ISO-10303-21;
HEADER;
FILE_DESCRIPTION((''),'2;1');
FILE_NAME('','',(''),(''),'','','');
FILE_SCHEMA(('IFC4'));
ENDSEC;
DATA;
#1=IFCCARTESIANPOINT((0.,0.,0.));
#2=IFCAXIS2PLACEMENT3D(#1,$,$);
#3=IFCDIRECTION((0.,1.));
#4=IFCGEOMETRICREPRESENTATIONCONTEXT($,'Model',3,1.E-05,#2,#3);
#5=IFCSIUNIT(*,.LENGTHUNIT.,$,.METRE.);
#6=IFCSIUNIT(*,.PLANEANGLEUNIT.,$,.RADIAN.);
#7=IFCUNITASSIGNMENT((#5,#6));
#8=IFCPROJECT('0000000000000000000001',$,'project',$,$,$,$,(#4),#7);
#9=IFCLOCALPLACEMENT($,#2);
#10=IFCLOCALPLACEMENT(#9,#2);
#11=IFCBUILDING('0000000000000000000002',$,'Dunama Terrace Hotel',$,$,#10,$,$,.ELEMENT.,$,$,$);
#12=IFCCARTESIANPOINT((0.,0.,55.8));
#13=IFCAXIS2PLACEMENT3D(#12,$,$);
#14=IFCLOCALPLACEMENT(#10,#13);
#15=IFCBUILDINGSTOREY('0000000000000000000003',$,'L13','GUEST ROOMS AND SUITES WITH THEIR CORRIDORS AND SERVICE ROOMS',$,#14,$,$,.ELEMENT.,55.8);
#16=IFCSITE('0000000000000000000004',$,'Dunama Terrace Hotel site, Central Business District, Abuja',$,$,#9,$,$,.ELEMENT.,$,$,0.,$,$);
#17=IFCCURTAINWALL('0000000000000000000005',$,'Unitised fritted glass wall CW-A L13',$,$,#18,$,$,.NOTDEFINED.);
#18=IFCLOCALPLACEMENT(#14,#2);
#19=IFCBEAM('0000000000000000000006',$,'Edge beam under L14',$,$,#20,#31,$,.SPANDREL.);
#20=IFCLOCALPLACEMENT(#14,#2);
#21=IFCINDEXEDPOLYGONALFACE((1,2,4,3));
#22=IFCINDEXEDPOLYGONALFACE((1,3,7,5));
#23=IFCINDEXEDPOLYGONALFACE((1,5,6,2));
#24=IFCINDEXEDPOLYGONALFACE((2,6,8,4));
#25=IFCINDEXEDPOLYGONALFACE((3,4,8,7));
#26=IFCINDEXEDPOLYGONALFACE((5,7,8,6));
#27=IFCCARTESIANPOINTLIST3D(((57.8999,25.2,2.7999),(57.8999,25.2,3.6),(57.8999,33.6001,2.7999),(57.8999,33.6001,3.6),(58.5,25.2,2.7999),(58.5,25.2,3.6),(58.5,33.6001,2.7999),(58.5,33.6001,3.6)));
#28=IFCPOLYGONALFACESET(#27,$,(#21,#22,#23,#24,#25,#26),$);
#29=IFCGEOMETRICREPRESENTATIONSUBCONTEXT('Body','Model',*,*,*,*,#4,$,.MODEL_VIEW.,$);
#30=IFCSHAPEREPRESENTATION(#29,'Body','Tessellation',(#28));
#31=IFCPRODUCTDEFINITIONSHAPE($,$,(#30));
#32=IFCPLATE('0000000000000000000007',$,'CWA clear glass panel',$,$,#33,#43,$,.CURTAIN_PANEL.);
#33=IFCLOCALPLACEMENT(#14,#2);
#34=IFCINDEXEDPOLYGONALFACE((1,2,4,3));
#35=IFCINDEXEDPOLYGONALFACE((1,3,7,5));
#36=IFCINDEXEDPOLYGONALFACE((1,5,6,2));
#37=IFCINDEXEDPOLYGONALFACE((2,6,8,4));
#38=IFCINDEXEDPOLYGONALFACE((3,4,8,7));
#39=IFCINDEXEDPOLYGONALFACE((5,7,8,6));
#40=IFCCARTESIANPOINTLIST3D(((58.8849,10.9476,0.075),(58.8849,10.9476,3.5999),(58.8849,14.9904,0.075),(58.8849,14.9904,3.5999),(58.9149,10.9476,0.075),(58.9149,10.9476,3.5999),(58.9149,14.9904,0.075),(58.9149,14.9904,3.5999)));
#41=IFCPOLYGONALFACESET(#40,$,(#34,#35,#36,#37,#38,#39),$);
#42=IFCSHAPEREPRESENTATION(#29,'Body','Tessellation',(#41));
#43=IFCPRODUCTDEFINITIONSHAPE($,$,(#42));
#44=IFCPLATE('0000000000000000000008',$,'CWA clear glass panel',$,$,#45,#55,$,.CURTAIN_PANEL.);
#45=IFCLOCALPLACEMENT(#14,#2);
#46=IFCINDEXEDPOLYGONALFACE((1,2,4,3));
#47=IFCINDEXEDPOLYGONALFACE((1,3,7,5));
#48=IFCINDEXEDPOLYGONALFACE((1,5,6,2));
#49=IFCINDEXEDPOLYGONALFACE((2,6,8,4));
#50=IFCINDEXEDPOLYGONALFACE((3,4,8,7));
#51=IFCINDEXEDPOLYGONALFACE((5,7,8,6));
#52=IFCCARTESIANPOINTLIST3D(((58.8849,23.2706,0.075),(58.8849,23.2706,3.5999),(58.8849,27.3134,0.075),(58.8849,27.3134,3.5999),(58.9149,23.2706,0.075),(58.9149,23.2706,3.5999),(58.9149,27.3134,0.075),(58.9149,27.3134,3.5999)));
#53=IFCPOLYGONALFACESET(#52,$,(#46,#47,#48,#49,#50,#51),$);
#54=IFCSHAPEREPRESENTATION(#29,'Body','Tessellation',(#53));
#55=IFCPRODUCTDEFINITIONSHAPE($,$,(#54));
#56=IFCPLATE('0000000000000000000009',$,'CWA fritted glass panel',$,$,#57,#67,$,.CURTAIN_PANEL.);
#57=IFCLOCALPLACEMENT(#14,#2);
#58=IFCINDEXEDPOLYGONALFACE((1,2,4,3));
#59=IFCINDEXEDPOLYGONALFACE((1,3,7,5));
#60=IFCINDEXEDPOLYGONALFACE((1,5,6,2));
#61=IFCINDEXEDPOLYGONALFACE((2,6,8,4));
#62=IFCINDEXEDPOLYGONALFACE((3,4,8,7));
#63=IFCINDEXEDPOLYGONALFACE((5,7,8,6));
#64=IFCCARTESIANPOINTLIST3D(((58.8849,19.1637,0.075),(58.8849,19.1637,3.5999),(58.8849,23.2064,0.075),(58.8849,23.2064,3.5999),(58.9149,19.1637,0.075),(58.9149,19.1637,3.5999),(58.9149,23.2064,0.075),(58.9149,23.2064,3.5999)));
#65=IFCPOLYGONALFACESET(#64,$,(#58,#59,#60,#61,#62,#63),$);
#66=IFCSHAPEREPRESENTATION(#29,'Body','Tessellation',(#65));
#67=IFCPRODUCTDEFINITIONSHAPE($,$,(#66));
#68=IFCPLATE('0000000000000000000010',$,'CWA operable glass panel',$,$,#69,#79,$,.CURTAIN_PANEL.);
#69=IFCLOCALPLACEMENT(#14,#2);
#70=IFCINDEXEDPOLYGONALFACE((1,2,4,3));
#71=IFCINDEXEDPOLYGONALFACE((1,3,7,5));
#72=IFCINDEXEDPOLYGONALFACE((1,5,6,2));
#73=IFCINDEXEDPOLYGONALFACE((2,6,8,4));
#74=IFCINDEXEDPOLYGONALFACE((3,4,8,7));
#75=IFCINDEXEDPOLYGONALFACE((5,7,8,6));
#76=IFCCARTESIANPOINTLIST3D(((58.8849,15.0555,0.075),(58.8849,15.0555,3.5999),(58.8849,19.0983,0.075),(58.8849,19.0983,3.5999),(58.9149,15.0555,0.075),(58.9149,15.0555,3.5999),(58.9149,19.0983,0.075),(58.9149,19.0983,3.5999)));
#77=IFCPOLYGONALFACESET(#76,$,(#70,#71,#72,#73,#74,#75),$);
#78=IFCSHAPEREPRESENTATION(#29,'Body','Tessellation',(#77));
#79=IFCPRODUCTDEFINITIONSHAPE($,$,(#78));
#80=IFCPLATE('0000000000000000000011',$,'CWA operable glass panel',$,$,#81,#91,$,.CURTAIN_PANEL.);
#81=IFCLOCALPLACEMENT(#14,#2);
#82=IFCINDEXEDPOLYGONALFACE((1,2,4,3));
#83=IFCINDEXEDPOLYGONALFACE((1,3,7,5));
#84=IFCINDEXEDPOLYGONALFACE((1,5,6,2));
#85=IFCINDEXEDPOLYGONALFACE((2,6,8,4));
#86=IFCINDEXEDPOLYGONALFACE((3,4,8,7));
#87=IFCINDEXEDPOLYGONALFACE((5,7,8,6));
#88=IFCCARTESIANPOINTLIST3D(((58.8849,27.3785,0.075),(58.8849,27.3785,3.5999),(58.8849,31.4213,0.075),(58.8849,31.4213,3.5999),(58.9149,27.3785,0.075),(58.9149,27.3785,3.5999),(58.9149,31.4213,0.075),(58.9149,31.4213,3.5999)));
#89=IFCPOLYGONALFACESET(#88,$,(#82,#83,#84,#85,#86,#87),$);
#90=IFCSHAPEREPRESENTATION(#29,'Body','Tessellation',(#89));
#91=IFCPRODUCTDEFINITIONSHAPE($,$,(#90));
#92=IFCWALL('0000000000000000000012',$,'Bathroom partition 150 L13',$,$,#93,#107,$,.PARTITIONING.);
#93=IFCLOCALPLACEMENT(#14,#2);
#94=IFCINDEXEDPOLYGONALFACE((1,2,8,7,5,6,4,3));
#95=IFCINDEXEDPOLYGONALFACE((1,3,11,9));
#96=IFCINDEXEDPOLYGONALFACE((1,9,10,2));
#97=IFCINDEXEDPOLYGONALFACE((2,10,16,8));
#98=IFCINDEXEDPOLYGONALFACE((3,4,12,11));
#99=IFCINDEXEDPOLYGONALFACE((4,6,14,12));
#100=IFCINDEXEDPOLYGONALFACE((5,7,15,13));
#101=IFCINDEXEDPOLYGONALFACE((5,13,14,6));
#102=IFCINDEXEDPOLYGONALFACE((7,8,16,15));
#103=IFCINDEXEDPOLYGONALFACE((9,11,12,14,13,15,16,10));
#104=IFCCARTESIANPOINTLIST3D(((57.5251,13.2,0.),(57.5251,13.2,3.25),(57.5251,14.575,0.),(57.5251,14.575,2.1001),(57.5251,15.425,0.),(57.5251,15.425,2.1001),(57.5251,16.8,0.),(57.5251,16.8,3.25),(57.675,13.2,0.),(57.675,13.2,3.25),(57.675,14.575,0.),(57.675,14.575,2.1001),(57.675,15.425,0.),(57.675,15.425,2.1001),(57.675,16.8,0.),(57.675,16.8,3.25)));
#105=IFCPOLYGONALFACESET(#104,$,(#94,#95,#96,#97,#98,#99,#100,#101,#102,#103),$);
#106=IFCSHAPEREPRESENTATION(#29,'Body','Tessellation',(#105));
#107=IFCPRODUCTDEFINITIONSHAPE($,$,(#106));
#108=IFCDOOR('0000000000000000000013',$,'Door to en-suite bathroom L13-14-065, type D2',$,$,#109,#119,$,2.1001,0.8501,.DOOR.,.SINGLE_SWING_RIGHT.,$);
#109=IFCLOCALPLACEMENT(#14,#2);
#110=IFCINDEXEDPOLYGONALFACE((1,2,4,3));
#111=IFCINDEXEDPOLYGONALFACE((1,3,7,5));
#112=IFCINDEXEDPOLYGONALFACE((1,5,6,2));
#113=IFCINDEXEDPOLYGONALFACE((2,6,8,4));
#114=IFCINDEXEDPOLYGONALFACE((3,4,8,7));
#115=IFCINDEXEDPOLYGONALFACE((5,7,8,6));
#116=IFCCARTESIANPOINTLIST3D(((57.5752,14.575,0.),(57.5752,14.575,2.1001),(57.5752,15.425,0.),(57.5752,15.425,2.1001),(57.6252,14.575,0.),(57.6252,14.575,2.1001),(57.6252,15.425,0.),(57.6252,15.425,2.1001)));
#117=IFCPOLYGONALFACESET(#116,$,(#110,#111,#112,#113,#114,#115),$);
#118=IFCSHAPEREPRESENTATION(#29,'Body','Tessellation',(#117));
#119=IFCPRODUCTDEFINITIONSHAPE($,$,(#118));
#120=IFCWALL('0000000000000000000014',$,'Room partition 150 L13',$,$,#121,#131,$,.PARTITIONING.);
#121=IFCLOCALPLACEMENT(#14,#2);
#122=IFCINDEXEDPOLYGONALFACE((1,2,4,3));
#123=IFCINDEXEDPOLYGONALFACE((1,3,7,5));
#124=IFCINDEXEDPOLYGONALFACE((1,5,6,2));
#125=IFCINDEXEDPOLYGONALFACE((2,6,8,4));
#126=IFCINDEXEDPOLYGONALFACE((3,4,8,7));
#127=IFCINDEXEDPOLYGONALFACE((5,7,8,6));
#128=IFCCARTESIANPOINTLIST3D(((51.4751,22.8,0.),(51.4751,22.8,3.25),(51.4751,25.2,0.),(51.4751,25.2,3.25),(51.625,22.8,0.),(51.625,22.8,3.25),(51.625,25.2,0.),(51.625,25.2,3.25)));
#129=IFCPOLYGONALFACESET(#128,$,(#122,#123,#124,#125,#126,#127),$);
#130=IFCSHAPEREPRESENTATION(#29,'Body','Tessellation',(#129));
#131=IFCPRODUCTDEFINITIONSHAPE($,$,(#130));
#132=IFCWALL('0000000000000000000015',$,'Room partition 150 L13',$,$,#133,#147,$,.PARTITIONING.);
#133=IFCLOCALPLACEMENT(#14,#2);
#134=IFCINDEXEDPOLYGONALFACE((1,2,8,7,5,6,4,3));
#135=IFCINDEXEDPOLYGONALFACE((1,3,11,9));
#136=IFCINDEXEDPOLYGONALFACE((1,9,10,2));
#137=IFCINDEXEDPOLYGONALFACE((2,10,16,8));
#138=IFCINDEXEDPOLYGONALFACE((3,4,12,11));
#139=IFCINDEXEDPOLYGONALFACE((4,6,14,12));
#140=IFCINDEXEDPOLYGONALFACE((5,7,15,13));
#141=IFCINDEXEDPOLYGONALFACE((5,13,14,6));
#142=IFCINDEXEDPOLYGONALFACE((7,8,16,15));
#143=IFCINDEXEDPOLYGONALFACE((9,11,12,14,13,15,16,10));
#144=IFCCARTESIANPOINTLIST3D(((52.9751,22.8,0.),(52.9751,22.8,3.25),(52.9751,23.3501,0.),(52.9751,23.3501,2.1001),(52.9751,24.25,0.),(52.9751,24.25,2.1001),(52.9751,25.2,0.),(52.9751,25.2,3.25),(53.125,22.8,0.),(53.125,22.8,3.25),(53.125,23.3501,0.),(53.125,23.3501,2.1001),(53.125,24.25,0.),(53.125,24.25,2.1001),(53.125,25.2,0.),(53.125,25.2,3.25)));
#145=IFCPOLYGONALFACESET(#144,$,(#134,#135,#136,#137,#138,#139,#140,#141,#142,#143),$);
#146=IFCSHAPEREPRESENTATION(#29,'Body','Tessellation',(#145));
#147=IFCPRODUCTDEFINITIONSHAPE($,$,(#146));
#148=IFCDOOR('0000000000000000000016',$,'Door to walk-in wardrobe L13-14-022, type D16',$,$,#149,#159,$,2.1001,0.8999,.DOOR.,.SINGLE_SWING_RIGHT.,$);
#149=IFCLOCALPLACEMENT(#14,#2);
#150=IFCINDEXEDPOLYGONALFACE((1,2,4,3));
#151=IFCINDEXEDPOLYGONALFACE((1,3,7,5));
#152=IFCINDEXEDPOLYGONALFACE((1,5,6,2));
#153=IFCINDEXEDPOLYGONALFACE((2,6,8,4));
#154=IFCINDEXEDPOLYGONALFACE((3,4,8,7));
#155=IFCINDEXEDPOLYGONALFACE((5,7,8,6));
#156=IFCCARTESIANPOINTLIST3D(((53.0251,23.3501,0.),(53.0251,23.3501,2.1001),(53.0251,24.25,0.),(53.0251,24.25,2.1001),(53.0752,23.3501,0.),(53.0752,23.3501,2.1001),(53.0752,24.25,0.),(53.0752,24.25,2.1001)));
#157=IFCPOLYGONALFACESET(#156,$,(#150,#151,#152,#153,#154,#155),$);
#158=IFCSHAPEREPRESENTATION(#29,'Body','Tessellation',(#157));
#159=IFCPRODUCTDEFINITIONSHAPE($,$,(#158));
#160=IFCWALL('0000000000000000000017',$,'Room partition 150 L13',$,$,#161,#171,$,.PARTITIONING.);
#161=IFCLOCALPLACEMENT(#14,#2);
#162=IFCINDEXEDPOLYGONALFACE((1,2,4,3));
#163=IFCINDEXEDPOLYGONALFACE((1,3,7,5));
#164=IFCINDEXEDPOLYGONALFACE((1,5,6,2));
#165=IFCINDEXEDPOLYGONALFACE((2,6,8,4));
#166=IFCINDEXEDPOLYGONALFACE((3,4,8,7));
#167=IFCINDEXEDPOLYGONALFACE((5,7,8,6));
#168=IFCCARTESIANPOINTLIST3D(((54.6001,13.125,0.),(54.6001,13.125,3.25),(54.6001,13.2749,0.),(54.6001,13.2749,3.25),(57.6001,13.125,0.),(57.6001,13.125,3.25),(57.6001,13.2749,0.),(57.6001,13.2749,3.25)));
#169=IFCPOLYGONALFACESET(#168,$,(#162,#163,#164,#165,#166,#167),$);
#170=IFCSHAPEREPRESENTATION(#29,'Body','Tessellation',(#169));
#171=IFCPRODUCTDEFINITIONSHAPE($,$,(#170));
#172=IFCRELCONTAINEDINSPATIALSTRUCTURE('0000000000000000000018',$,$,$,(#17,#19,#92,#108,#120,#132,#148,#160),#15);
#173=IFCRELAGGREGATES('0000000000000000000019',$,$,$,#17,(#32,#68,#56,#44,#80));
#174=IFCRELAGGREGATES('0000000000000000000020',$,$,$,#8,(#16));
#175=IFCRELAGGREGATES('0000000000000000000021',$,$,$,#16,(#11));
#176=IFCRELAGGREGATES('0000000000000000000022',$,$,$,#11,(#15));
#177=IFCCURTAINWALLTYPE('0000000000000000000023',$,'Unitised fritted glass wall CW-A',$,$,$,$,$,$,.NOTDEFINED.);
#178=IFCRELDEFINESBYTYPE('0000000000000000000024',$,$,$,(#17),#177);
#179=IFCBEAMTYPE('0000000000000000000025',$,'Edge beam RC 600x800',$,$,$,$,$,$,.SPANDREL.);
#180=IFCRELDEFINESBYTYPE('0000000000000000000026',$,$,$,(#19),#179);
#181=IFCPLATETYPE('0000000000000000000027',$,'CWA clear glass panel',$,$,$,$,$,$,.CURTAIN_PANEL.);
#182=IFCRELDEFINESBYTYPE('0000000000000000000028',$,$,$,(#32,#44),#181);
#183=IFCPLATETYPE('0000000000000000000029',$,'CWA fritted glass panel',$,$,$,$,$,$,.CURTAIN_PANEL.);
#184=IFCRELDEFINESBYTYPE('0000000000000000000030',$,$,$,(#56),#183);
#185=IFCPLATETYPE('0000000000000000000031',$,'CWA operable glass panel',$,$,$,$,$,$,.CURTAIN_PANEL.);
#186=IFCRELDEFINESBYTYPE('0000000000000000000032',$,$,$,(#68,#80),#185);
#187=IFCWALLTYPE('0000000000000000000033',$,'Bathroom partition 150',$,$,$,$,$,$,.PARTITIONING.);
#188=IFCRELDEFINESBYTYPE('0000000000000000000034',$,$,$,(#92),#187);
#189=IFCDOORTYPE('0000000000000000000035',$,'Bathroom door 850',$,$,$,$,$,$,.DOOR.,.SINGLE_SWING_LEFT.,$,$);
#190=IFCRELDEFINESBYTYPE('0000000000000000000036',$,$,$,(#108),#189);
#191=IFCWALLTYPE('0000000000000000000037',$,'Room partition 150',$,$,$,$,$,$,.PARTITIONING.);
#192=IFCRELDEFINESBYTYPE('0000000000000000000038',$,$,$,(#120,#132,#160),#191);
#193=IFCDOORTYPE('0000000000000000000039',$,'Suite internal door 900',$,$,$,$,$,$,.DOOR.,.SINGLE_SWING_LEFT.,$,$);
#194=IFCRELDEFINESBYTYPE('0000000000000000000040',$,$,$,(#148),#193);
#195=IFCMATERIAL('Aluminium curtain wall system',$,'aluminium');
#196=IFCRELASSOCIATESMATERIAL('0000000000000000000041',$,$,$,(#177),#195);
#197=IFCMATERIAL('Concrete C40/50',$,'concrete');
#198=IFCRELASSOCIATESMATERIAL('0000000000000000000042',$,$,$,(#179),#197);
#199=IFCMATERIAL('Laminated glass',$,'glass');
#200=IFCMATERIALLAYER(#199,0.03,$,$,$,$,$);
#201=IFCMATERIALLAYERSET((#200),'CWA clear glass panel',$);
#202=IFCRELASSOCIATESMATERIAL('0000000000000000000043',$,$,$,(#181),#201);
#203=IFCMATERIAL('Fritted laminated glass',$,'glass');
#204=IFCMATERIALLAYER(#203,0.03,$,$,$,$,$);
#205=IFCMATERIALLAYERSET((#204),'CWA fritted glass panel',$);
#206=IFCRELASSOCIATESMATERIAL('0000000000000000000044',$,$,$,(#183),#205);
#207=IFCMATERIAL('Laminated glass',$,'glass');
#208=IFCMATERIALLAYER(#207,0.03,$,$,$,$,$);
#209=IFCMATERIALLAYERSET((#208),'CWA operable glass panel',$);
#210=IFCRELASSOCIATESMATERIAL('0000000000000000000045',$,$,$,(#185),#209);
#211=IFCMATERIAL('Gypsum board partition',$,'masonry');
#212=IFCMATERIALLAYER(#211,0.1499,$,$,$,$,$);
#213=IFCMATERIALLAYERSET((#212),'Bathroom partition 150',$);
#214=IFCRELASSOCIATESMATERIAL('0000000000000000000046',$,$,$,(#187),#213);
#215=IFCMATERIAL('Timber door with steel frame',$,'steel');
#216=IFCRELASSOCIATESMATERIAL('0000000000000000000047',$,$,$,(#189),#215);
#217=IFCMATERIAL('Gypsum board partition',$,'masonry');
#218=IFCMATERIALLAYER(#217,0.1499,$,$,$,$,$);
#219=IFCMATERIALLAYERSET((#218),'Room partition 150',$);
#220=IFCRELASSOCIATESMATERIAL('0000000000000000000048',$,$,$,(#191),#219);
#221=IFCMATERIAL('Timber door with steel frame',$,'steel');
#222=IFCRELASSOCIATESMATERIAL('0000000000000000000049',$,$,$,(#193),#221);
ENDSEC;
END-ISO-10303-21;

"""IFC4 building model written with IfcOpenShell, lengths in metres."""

from ifc_helpers import new_model, si_unit, direction, frame, frame_2d, origin, origin_2d, place, context, subcontext, project, spatial, rectangle, extrude, material, layer, layer_set, material_profile, profile_set, type_object, element, fill, aggregate, save


model = new_model("IFC4")

# Units and contexts
model_context = context("Model", 3, precision=1e-05, world=origin(), true_north=direction((0.0, 1.0)))
body_context = subcontext(model_context, "Body", "Model", "MODEL_VIEW")
ifc_project = project(units=[si_unit("LENGTHUNIT", "METRE"), si_unit("PLANEANGLEUNIT", "RADIAN")], contexts=[model_context])

# Site, building, storey
site_placement = place(None, origin())
site = spatial("IfcSite", under=ifc_project, at=site_placement, Name="Dunama Terrace Hotel site, Central Business District, Abuja", CompositionType="ELEMENT", RefElevation=0.0)
building_placement = place(site_placement, origin())
building = spatial("IfcBuilding", under=site, at=building_placement, Name="Dunama Terrace Hotel", CompositionType="ELEMENT")
storey_placement = place(building_placement, frame((0.0, 0.0, 55.8)))
storey = spatial("IfcBuildingStorey", under=building, at=storey_placement, Name="L13", Description="GUEST ROOMS AND SUITES WITH THEIR CORRIDORS AND SERVICE ROOMS", CompositionType="ELEMENT", Elevation=55.8)

# Curtain wall
ifc_material_1 = material(Name="Aluminium curtain wall system", Category="aluminium")
curtain_wall_type = type_object("IfcCurtainWallType", Name="Unitised fritted glass wall CW-A", PredefinedType="NOTDEFINED", material=ifc_material_1)
curtain_wall_placement = place(storey_placement, origin())
curtain_wall = element("IfcCurtainWall", 1, at=curtain_wall_placement, inside=storey, type_object=curtain_wall_type, Name="Unitised fritted glass wall CW-A L13", PredefinedType="NOTDEFINED")

# Beam
ifc_material_2 = material(Name="Concrete C40/50", Category="concrete")
ifc_material_profile_1 = material_profile(ifc_material_2, rectangle(XDim=0.6001, YDim=0.8, at=origin_2d()), Name="RC 600x800")
ifc_profile_set_1 = profile_set([ifc_material_profile_1], Name="Concrete C40/50")
beam_type = type_object("IfcBeamType", Name="Edge beam RC 600x800", PredefinedType="SPANDREL", material=ifc_profile_set_1)
beam_1_placement = place(storey_placement, frame((58.2, 25.2, 3.2), z_axis=(0.0, 1.0, 0.0), x_axis=(-1.0, 0.0, 0.0)))
element("IfcBeam", 2, at=beam_1_placement, inside=storey, type_object=beam_type, Name="Edge beam under L14", PredefinedType="SPANDREL", context=body_context, shape_type="SweptSolid", body=[
    extrude(rectangle(XDim=0.6001, YDim=0.8, at=origin_2d()), origin(), (0.0, 0.0, 1.0), 8.4001),
])

# Plates
ifc_material_3 = material(Name="Laminated glass", Category="glass")
ifc_layer_1 = layer(ifc_material_3, 0.03)
ifc_layer_set_1 = layer_set([ifc_layer_1], Name="CWA clear glass panel")
plate_type_1 = type_object("IfcPlateType", Name="CWA clear glass panel", PredefinedType="CURTAIN_PANEL", material=ifc_layer_set_1)
plate_1_placement = place(storey_placement, frame((58.8999, 12.969, 0.075), z_axis=(0.0, 0.0, 1.0), x_axis=(0.0, 1.0, 0.0)))
plate_1 = element("IfcPlate", 3, at=plate_1_placement, type_object=plate_type_1, Name="CWA clear glass panel", PredefinedType="CURTAIN_PANEL", context=body_context, shape_type="SweptSolid", body=[
    extrude(rectangle(XDim=4.0427, YDim=0.03, at=origin_2d()), origin(), (0.0, 0.0, 1.0), 3.5249),
])
plate_2_placement = place(storey_placement, frame((58.8999, 25.292, 0.075), z_axis=(0.0, 0.0, 1.0), x_axis=(0.0, 1.0, 0.0)))
plate_2 = element("IfcPlate", 4, at=plate_2_placement, type_object=plate_type_1, Name="CWA clear glass panel", PredefinedType="CURTAIN_PANEL", context=body_context, shape_type="SweptSolid", body=[
    extrude(rectangle(XDim=4.0427, YDim=0.03, at=origin_2d()), origin(), (0.0, 0.0, 1.0), 3.5249),
])
ifc_material_4 = material(Name="Fritted laminated glass", Category="glass")
ifc_layer_2 = layer(ifc_material_4, 0.03)
ifc_layer_set_2 = layer_set([ifc_layer_2], Name="CWA fritted glass panel")
plate_type_2 = type_object("IfcPlateType", Name="CWA fritted glass panel", PredefinedType="CURTAIN_PANEL", material=ifc_layer_set_2)
plate_3_placement = place(storey_placement, frame((58.8999, 21.1851, 0.075), z_axis=(0.0, 0.0, 1.0), x_axis=(0.0, 1.0, 0.0)))
plate_3 = element("IfcPlate", 5, at=plate_3_placement, type_object=plate_type_2, Name="CWA fritted glass panel", PredefinedType="CURTAIN_PANEL", context=body_context, shape_type="SweptSolid", body=[
    extrude(rectangle(XDim=4.0427, YDim=0.03, at=origin_2d()), origin(), (0.0, 0.0, 1.0), 3.5249),
])
ifc_material_5 = material(Name="Laminated glass", Category="glass")
ifc_layer_3 = layer(ifc_material_5, 0.03)
ifc_layer_set_3 = layer_set([ifc_layer_3], Name="CWA operable glass panel")
plate_type_3 = type_object("IfcPlateType", Name="CWA operable glass panel", PredefinedType="CURTAIN_PANEL", material=ifc_layer_set_3)
plate_4_placement = place(storey_placement, frame((58.8999, 17.0769, 0.075), z_axis=(0.0, 0.0, 1.0), x_axis=(0.0, 1.0, 0.0)))
plate_4 = element("IfcPlate", 6, at=plate_4_placement, type_object=plate_type_3, Name="CWA operable glass panel", PredefinedType="CURTAIN_PANEL", context=body_context, shape_type="SweptSolid", body=[
    extrude(rectangle(XDim=4.0427, YDim=0.03, at=origin_2d()), origin(), (0.0, 0.0, 1.0), 3.5249),
])
plate_5_placement = place(storey_placement, frame((58.8999, 29.3999, 0.075), z_axis=(0.0, 0.0, 1.0), x_axis=(0.0, 1.0, 0.0)))
plate_5 = element("IfcPlate", 7, at=plate_5_placement, type_object=plate_type_3, Name="CWA operable glass panel", PredefinedType="CURTAIN_PANEL", context=body_context, shape_type="SweptSolid", body=[
    extrude(rectangle(XDim=4.0427, YDim=0.03, at=origin_2d()), origin(), (0.0, 0.0, 1.0), 3.5249),
])
aggregate(curtain_wall, [plate_1, plate_4, plate_3, plate_2, plate_5])

# Wall, opening, door
ifc_material_6 = material(Name="Gypsum board partition", Category="masonry")
ifc_layer_4 = layer(ifc_material_6, 0.1499)
ifc_layer_set_4 = layer_set([ifc_layer_4], Name="Bathroom partition 150")
wall_type_1 = type_object("IfcWallType", Name="Bathroom partition 150", PredefinedType="PARTITIONING", material=ifc_layer_set_4)
wall_1_placement = place(storey_placement, frame((57.6001, 13.2, 0.0), z_axis=(0.0, 0.0, 1.0), x_axis=(0.0, 1.0, 0.0)))
wall_1 = element("IfcWall", 8, at=wall_1_placement, inside=storey, type_object=wall_type_1, Name="Bathroom partition 150 L13", PredefinedType="PARTITIONING", context=body_context, shape_type="SweptSolid", body=[
    extrude(rectangle(XDim=3.6001, YDim=0.1499, at=frame_2d((1.8, 0.0))), origin(), (0.0, 0.0, 1.0), 3.25),
])
opening_1_placement = place(wall_1_placement, frame((1.375, 0.0, 0.0)))
opening_1 = element("IfcOpeningElement", 9, at=opening_1_placement, cuts=wall_1, PredefinedType="OPENING", context=body_context, shape_type="SweptSolid", body=[
    extrude(rectangle(XDim=0.8501, YDim=2.1001, at=frame_2d((0.425, 1.05))), frame((0.0, 0.085, 0.0), z_axis=(0.0, -1.0, 0.0), x_axis=(1.0, 0.0, 0.0)), (0.0, 0.0, 1.0), 0.1699),
])
ifc_material_7 = material(Name="Timber door with steel frame", Category="steel")
door_type_1 = type_object("IfcDoorType", Name="Bathroom door 850", OperationType="SINGLE_SWING_LEFT", PredefinedType="DOOR", material=ifc_material_7)
door_1_placement = place(opening_1_placement, origin())
door_1 = element("IfcDoor", 10, at=door_1_placement, inside=storey, type_object=door_type_1, Name="Door to en-suite bathroom L13-14-065, type D2", OperationType="SINGLE_SWING_RIGHT", OverallHeight=2.1001, OverallWidth=0.8501, PredefinedType="DOOR", context=body_context, shape_type="SweptSolid", body=[
    extrude(rectangle(XDim=0.8501, YDim=2.1001, at=frame_2d((0.425, 1.05))), frame((0.0, 0.0249, 0.0), z_axis=(0.0, -1.0, 0.0), x_axis=(1.0, 0.0, 0.0)), (0.0, 0.0, 1.0), 0.05),
])
fill(opening_1, door_1)

# Wall
ifc_material_8 = material(Name="Gypsum board partition", Category="masonry")
ifc_layer_5 = layer(ifc_material_8, 0.1499)
ifc_layer_set_5 = layer_set([ifc_layer_5], Name="Room partition 150")
wall_type_2 = type_object("IfcWallType", Name="Room partition 150", PredefinedType="PARTITIONING", material=ifc_layer_set_5)
wall_2_placement = place(storey_placement, frame((51.55, 22.8, 0.0), z_axis=(0.0, 0.0, 1.0), x_axis=(0.0, 1.0, 0.0)))
element("IfcWall", 11, at=wall_2_placement, inside=storey, type_object=wall_type_2, Name="Room partition 150 L13", PredefinedType="PARTITIONING", context=body_context, shape_type="SweptSolid", body=[
    extrude(rectangle(XDim=2.3999, YDim=0.1499, at=frame_2d((1.2, 0.0))), origin(), (0.0, 0.0, 1.0), 3.25),
])

# Wall, opening, door
wall_3_placement = place(storey_placement, frame((53.05, 22.8, 0.0), z_axis=(0.0, 0.0, 1.0), x_axis=(0.0, 1.0, 0.0)))
wall_3 = element("IfcWall", 12, at=wall_3_placement, inside=storey, type_object=wall_type_2, Name="Room partition 150 L13", PredefinedType="PARTITIONING", context=body_context, shape_type="SweptSolid", body=[
    extrude(rectangle(XDim=2.3999, YDim=0.1499, at=frame_2d((1.2, 0.0))), origin(), (0.0, 0.0, 1.0), 3.25),
])
opening_2_placement = place(wall_3_placement, frame((0.55, 0.0, 0.0)))
opening_2 = element("IfcOpeningElement", 13, at=opening_2_placement, cuts=wall_3, PredefinedType="OPENING", context=body_context, shape_type="SweptSolid", body=[
    extrude(rectangle(XDim=0.8999, YDim=2.1001, at=frame_2d((0.45, 1.05))), frame((0.0, 0.085, 0.0), z_axis=(0.0, -1.0, 0.0), x_axis=(1.0, 0.0, 0.0)), (0.0, 0.0, 1.0), 0.1699),
])
ifc_material_9 = material(Name="Timber door with steel frame", Category="steel")
door_type_2 = type_object("IfcDoorType", Name="Suite internal door 900", OperationType="SINGLE_SWING_LEFT", PredefinedType="DOOR", material=ifc_material_9)
door_2_placement = place(opening_2_placement, origin())
door_2 = element("IfcDoor", 14, at=door_2_placement, inside=storey, type_object=door_type_2, Name="Door to walk-in wardrobe L13-14-022, type D16", OperationType="SINGLE_SWING_RIGHT", OverallHeight=2.1001, OverallWidth=0.8999, PredefinedType="DOOR", context=body_context, shape_type="SweptSolid", body=[
    extrude(rectangle(XDim=0.8999, YDim=2.1001, at=frame_2d((0.45, 1.05))), frame((0.0, 0.0249, 0.0), z_axis=(0.0, -1.0, 0.0), x_axis=(1.0, 0.0, 0.0)), (0.0, 0.0, 1.0), 0.05),
])
fill(opening_2, door_2)

# Wall
wall_4_placement = place(storey_placement, frame((54.6001, 13.2, 0.0), z_axis=(0.0, 0.0, 1.0), x_axis=(1.0, 0.0, 0.0)))
element("IfcWall", 15, at=wall_4_placement, inside=storey, type_object=wall_type_2, Name="Room partition 150 L13", PredefinedType="PARTITIONING", context=body_context, shape_type="SweptSolid", body=[
    extrude(rectangle(XDim=3.0, YDim=0.1499, at=frame_2d((1.5, 0.0))), origin(), (0.0, 0.0, 1.0), 3.25),
])

save(model, "model.ifc")
